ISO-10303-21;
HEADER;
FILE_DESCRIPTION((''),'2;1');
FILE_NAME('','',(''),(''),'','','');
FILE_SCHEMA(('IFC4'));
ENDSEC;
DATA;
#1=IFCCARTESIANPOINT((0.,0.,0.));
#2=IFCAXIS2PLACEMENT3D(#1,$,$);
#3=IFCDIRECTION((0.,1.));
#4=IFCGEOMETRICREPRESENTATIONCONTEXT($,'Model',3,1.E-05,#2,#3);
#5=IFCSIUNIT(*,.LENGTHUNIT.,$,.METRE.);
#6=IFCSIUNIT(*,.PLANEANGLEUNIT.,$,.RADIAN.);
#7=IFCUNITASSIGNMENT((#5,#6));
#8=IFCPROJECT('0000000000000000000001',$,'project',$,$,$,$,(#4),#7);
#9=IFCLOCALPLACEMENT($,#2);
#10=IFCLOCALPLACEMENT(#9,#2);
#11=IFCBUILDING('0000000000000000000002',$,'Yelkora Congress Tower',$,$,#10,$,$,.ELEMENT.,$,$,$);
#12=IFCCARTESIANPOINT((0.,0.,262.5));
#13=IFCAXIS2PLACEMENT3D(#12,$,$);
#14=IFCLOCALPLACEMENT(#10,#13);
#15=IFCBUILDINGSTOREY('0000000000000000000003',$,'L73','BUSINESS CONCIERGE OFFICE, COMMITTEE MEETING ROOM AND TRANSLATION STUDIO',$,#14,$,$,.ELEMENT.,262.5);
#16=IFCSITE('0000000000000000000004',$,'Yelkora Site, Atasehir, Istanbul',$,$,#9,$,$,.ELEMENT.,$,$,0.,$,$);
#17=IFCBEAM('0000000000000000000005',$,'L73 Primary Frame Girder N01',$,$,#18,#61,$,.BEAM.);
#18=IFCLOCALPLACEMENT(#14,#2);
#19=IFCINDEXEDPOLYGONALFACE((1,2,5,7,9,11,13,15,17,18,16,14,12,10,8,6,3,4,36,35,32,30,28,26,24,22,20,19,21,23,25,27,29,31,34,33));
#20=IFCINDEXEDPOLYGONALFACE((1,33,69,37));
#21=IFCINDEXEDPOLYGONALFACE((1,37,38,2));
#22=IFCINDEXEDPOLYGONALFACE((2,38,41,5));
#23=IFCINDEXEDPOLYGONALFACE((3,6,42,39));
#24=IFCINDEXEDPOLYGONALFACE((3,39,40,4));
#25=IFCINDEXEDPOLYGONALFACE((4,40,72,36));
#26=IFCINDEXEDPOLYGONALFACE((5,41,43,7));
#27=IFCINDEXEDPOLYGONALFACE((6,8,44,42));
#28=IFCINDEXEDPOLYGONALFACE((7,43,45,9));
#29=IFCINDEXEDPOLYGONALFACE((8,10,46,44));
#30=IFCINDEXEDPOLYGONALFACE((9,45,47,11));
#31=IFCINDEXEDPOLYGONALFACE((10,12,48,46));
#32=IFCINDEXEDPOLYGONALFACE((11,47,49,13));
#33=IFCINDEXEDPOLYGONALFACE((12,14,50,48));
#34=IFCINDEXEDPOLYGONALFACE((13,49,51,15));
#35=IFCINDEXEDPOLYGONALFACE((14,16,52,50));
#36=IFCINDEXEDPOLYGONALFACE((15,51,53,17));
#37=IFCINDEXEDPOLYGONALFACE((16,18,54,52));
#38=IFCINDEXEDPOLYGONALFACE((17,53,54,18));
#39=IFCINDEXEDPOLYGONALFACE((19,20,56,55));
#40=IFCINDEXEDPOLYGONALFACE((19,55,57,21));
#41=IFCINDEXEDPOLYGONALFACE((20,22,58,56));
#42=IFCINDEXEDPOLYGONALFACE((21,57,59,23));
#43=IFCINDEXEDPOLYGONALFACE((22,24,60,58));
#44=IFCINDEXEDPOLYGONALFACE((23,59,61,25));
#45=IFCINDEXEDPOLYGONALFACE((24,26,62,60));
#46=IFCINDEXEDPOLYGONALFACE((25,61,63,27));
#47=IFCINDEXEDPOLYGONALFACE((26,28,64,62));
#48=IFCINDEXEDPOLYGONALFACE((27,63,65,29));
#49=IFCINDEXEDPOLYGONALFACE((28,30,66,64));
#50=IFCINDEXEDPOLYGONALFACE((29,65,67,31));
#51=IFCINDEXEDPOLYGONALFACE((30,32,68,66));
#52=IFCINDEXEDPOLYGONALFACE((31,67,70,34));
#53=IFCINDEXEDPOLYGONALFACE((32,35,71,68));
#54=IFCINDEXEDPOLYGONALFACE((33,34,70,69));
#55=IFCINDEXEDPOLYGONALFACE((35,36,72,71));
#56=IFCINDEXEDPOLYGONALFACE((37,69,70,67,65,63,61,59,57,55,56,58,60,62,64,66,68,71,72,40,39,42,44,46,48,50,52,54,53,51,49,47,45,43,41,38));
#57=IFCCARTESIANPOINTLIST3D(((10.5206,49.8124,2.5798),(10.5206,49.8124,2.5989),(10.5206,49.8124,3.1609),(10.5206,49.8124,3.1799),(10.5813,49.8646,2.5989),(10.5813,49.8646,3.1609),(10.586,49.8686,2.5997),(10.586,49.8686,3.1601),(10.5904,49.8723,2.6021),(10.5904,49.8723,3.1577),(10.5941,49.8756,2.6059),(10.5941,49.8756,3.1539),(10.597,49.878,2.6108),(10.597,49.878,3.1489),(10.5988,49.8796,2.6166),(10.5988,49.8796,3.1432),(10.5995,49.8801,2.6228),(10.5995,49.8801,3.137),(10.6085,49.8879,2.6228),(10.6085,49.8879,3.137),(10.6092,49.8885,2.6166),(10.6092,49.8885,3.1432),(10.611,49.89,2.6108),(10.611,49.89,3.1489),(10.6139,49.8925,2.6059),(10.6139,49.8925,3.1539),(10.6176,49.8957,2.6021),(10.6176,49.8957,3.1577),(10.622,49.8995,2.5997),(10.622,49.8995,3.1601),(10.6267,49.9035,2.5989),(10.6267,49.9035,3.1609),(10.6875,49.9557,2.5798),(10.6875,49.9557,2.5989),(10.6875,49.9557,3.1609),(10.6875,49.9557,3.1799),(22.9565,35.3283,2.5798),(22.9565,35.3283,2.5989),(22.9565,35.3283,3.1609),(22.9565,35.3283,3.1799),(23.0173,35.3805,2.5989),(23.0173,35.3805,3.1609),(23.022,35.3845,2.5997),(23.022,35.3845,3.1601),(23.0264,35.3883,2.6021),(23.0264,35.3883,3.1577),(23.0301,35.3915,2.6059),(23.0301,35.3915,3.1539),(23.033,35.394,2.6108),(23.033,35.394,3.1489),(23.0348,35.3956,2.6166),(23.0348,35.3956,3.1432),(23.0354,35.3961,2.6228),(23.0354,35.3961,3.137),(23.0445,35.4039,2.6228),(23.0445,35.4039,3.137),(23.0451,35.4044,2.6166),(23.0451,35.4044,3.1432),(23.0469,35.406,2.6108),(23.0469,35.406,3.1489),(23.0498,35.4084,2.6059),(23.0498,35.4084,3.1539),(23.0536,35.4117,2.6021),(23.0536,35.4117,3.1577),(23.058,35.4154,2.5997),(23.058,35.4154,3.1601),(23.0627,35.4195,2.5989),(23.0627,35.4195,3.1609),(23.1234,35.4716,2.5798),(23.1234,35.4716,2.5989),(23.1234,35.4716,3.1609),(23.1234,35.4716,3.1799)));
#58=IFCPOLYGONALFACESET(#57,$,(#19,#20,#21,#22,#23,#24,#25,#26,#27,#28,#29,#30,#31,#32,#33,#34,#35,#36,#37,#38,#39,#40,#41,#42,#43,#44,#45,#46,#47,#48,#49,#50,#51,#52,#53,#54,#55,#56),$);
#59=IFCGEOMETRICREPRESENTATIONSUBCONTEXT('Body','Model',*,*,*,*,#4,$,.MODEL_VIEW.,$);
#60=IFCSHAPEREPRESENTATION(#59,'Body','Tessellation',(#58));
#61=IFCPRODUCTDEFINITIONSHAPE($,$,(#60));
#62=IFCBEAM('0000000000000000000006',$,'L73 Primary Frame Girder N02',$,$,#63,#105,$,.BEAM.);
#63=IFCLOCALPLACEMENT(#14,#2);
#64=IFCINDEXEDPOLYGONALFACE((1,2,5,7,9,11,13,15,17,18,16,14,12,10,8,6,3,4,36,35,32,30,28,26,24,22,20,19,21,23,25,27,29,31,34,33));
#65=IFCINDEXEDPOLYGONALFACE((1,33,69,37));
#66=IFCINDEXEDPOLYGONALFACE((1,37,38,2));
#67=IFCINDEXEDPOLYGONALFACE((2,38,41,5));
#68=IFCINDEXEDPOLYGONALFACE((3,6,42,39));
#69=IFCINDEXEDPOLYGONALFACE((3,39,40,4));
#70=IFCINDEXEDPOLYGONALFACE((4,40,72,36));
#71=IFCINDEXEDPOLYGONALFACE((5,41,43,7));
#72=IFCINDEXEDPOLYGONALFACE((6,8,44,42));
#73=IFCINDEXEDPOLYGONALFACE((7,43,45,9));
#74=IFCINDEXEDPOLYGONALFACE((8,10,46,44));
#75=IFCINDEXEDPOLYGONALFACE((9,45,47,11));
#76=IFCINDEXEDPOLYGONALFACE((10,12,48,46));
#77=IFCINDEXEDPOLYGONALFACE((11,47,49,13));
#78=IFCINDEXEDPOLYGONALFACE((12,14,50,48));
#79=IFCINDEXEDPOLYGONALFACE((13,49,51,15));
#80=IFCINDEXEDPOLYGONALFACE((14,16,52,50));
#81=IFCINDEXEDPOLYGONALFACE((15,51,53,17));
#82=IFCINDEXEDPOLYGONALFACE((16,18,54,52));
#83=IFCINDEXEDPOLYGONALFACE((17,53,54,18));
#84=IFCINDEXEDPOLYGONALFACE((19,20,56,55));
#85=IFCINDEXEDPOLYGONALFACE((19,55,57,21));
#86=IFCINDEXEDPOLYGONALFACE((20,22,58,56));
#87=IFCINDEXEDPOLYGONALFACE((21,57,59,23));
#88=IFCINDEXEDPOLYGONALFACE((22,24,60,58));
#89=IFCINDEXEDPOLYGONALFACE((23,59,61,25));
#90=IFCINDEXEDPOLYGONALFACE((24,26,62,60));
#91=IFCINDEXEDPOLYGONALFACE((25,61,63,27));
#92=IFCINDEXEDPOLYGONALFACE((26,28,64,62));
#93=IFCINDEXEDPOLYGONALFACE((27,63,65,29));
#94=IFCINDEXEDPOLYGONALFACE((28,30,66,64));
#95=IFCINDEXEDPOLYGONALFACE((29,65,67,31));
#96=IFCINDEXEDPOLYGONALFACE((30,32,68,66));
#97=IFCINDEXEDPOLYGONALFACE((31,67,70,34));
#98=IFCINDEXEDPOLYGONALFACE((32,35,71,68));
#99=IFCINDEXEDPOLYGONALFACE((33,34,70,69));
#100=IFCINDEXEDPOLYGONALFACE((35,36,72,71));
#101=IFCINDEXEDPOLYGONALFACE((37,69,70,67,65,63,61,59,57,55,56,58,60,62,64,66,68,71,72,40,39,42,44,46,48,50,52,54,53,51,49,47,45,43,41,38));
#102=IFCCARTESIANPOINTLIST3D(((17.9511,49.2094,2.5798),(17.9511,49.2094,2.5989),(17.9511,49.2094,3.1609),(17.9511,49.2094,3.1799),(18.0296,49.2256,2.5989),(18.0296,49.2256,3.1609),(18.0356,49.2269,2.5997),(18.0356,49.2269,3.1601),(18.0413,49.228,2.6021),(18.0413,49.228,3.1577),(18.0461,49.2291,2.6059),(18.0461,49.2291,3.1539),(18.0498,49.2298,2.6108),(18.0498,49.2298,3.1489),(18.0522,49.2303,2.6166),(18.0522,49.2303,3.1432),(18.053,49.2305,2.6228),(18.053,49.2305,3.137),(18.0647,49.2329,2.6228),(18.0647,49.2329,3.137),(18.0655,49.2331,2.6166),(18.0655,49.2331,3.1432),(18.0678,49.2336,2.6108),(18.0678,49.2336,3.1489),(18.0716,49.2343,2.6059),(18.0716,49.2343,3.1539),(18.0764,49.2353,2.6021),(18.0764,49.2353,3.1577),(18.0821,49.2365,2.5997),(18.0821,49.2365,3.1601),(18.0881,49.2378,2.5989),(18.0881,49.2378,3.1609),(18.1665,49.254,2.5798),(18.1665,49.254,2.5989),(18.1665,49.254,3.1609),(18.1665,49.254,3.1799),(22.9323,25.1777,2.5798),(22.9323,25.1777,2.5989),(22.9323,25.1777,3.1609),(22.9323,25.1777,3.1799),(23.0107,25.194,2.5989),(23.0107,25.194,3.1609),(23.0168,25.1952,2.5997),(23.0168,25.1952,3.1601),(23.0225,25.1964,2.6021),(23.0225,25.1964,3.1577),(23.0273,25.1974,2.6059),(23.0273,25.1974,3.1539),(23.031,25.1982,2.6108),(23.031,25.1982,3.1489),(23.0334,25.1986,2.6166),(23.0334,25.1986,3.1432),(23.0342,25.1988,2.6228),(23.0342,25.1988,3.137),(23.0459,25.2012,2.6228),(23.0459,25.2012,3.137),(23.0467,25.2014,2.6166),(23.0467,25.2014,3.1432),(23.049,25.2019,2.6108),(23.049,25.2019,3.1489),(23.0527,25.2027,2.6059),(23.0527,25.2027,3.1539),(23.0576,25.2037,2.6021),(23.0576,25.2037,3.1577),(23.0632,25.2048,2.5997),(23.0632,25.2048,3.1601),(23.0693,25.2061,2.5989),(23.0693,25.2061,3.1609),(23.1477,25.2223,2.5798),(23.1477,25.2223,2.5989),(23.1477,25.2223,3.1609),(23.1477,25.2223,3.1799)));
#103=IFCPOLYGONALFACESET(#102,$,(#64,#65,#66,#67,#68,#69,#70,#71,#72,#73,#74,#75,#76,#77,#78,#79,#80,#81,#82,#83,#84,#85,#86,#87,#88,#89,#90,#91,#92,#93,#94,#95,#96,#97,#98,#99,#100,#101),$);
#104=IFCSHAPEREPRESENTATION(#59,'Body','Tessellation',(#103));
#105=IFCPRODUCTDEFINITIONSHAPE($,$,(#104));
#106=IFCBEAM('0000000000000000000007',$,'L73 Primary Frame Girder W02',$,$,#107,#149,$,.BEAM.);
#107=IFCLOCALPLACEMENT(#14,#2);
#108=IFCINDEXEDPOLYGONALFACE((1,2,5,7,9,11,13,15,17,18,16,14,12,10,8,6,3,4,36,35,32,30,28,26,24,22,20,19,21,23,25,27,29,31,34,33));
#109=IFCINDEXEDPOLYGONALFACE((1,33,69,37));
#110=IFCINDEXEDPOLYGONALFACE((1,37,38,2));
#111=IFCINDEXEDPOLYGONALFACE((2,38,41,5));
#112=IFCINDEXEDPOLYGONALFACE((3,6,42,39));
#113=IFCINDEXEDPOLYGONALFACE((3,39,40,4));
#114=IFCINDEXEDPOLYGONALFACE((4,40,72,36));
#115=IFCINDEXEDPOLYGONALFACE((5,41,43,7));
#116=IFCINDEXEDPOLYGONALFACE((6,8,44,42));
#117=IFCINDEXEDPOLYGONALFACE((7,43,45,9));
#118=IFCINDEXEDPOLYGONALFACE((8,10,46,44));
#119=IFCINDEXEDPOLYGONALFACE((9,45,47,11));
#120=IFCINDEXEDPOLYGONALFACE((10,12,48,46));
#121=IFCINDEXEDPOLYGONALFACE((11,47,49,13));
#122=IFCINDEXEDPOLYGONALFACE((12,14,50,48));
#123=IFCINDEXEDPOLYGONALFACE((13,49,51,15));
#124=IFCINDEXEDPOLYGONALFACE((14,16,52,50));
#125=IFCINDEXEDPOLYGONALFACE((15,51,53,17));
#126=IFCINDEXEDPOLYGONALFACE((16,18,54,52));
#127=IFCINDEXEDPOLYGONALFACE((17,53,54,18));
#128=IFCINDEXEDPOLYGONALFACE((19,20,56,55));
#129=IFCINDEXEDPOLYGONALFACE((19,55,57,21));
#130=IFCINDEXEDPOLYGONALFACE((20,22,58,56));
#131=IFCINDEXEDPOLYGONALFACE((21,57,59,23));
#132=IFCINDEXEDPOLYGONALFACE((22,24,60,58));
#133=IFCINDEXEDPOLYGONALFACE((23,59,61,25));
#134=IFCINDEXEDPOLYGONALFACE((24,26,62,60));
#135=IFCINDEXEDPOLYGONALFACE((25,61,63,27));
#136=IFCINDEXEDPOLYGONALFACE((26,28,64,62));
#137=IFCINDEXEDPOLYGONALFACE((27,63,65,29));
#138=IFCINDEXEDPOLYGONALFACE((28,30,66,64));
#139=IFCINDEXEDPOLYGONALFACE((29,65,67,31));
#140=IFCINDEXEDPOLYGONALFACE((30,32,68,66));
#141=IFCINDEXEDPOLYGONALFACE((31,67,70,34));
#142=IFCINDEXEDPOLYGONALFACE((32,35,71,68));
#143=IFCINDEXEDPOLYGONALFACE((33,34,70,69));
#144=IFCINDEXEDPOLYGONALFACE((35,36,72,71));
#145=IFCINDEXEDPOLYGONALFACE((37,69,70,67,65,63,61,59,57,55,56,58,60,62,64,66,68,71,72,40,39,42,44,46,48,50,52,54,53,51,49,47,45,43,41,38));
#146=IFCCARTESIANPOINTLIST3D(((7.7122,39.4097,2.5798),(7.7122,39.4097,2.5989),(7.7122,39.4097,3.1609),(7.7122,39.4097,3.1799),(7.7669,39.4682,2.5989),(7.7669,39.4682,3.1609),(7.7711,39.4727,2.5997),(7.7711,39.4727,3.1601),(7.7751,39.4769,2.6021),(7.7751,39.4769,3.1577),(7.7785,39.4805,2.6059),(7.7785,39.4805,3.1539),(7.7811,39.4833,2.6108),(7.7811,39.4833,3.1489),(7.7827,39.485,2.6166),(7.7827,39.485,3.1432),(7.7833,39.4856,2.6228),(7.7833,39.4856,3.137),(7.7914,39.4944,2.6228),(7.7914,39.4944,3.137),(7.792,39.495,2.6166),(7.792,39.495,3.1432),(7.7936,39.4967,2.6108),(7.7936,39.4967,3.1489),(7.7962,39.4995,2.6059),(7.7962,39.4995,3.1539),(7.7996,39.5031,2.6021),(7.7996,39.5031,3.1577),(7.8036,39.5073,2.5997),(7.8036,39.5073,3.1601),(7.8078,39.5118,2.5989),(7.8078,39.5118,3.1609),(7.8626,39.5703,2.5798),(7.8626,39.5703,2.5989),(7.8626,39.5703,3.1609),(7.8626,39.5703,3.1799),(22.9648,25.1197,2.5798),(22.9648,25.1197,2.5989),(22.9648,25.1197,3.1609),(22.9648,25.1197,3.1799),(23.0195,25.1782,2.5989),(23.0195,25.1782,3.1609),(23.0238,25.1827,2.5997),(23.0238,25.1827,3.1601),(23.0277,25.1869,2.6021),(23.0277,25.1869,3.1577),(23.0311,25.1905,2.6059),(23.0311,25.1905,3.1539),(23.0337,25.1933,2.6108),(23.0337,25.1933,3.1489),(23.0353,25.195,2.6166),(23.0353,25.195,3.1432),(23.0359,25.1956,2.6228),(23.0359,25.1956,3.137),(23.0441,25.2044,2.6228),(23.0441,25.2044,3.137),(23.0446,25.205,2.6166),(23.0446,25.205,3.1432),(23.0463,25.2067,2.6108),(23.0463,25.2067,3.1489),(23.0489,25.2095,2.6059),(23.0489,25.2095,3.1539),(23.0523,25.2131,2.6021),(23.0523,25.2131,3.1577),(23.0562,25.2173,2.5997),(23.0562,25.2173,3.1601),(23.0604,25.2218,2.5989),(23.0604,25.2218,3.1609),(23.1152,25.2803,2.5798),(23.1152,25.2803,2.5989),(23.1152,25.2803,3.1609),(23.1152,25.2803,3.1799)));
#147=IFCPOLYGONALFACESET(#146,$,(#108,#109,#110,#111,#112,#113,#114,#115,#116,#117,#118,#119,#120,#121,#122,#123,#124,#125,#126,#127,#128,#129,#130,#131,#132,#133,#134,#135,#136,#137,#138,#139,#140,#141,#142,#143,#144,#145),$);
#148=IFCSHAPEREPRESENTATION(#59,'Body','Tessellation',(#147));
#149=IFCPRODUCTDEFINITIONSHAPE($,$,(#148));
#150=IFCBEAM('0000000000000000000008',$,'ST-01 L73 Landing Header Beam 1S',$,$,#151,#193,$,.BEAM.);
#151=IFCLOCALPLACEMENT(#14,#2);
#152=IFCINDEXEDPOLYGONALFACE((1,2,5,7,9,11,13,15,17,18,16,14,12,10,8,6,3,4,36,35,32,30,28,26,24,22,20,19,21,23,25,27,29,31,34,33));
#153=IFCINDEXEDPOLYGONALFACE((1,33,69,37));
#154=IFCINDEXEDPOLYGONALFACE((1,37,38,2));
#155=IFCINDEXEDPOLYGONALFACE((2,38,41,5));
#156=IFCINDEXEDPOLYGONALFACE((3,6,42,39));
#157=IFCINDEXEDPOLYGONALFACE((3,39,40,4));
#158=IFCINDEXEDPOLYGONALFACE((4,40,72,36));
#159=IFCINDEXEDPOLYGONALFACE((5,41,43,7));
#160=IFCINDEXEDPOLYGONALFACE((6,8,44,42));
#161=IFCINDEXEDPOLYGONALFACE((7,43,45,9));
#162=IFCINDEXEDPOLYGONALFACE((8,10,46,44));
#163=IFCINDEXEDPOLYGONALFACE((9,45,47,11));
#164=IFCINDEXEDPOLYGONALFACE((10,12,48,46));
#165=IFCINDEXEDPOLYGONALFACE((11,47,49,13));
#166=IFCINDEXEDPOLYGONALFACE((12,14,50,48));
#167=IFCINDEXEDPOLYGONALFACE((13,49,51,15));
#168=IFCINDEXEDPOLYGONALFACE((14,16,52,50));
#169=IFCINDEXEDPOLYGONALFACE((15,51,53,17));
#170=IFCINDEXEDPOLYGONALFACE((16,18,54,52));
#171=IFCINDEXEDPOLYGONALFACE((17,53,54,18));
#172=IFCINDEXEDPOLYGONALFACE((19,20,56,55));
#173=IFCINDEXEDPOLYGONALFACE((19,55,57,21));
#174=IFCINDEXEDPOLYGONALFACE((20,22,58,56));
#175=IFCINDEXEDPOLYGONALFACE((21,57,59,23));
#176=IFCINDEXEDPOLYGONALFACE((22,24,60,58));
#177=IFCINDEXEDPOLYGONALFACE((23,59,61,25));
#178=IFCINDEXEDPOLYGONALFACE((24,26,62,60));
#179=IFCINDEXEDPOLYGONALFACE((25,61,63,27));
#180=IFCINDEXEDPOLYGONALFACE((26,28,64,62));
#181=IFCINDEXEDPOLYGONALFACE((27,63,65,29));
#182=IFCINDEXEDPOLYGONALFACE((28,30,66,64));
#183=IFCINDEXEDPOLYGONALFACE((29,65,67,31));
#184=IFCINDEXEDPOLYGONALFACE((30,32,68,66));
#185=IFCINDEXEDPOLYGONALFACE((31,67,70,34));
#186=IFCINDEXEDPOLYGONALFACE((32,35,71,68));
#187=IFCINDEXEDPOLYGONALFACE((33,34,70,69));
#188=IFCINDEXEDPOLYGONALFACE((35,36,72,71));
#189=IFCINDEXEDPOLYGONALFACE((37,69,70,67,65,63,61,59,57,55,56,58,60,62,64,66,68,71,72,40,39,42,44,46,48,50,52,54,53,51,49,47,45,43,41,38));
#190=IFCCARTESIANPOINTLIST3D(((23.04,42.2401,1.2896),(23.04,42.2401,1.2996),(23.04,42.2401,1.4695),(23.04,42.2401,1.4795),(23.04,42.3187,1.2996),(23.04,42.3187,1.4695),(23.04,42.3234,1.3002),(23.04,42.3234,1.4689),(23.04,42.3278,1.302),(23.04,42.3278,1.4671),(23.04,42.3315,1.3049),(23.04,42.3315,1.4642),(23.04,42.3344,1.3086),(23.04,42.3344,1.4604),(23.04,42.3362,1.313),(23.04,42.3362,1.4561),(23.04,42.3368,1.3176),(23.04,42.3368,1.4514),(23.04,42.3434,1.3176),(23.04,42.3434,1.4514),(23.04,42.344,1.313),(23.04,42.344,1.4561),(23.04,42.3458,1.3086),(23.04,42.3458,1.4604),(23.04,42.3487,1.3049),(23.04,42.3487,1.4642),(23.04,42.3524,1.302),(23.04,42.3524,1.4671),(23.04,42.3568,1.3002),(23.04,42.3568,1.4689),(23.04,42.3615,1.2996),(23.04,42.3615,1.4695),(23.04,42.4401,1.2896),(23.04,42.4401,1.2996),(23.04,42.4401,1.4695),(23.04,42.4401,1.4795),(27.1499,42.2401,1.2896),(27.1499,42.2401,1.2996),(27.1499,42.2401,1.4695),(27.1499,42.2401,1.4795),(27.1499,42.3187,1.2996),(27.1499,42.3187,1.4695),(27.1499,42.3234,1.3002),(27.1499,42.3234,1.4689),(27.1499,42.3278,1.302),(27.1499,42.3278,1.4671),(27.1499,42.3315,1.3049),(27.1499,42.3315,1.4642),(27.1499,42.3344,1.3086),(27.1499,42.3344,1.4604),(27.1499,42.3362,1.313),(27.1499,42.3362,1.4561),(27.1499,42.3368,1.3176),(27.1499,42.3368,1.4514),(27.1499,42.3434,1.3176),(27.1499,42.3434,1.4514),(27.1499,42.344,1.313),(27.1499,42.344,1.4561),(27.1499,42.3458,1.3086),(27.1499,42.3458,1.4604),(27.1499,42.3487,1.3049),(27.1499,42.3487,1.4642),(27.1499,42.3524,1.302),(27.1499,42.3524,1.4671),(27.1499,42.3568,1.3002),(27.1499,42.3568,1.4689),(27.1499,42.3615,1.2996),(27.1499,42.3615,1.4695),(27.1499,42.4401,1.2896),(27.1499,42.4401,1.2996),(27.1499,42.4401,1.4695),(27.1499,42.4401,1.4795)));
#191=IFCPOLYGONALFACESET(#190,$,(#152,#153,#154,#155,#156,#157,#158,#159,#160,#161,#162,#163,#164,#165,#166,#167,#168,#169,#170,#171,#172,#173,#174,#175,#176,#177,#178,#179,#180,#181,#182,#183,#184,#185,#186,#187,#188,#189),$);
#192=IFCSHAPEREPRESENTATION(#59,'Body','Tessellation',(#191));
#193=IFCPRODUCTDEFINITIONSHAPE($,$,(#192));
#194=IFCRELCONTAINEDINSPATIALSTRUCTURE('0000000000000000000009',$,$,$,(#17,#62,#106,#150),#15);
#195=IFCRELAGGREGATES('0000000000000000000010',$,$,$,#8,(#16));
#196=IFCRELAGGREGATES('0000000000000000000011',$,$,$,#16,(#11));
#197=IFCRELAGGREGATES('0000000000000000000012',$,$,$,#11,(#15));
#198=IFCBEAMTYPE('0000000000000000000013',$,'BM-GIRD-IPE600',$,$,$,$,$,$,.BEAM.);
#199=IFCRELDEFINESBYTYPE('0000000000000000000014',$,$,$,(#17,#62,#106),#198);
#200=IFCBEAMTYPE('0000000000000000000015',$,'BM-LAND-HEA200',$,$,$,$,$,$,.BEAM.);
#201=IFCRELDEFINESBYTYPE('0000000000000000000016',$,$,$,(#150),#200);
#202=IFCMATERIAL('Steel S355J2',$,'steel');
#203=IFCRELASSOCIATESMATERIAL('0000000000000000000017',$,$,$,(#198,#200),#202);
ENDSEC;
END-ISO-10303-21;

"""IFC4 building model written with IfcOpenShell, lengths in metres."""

from ifc_helpers import new_model, si_unit, direction, frame, origin, origin_2d, place, context, subcontext, project, spatial, i_section, extrude, material, material_profile, profile_set, type_object, element, save


model = new_model("IFC4")

# Units and contexts
model_context = context("Model", 3, precision=1e-05, world=origin(), true_north=direction((0.0, 1.0)))
body_context = subcontext(model_context, "Body", "Model", "MODEL_VIEW")
ifc_project = project(units=[si_unit("LENGTHUNIT", "METRE"), si_unit("PLANEANGLEUNIT", "RADIAN")], contexts=[model_context])

# Site, building, storey
site_placement = place(None, origin())
site = spatial("IfcSite", under=ifc_project, at=site_placement, Name="Yelkora Site, Atasehir, Istanbul", CompositionType="ELEMENT", RefElevation=0.0)
building_placement = place(site_placement, origin())
building = spatial("IfcBuilding", under=site, at=building_placement, Name="Yelkora Congress Tower", CompositionType="ELEMENT")
storey_placement = place(building_placement, frame((0.0, 0.0, 262.5)))
storey = spatial("IfcBuildingStorey", under=building, at=storey_placement, Name="L73", Description="BUSINESS CONCIERGE OFFICE, COMMITTEE MEETING ROOM AND TRANSLATION STUDIO", CompositionType="ELEMENT", Elevation=262.5)

# Shared definitions
ifc_material_1 = material(Name="Steel S355J2", Category="steel")

# Beams
ifc_material_profile_1 = material_profile(ifc_material_1, i_section(OverallWidth=0.22, OverallDepth=0.6001, WebThickness=0.012, FlangeThickness=0.019, FilletRadius=0.0239, at=origin_2d()), Name="IPE 600")
ifc_profile_set_1 = profile_set([ifc_material_profile_1], Name="Steel S355J2")
beam_type_1 = type_object("IfcBeamType", Name="BM-GIRD-IPE600", PredefinedType="BEAM", material=ifc_profile_set_1)
beam_1_placement = place(storey_placement, frame((10.604, 49.884, 2.8799), z_axis=(0.651427, -0.758711, 0.0), x_axis=(0.758711, 0.651427, 0.0)))
element("IfcBeam", 1, at=beam_1_placement, inside=storey, type_object=beam_type_1, Name="L73 Primary Frame Girder N01", PredefinedType="BEAM", context=body_context, shape_type="SweptSolid", body=[
    extrude(i_section(OverallWidth=0.22, OverallDepth=0.6001, WebThickness=0.012, FlangeThickness=0.019, FilletRadius=0.0239, at=origin_2d()), origin(), (0.0, 0.0, 1.0), 19.0903),
])
beam_2_placement = place(storey_placement, frame((18.0588, 49.2317, 2.8799), z_axis=(0.202962, -0.979187, 0.0), x_axis=(0.979187, 0.202962, 0.0)))
element("IfcBeam", 2, at=beam_2_placement, inside=storey, type_object=beam_type_1, Name="L73 Primary Frame Girder N02", PredefinedType="BEAM", context=body_context, shape_type="SweptSolid", body=[
    extrude(i_section(OverallWidth=0.22, OverallDepth=0.6001, WebThickness=0.012, FlangeThickness=0.019, FilletRadius=0.0239, at=origin_2d()), origin(), (0.0, 0.0, 1.0), 24.5425),
])
beam_3_placement = place(storey_placement, frame((7.7874, 39.49, 2.8799), z_axis=(0.72976, -0.683703, 0.0), x_axis=(0.683703, 0.72976, 0.0)))
element("IfcBeam", 3, at=beam_3_placement, inside=storey, type_object=beam_type_1, Name="L73 Primary Frame Girder W02", PredefinedType="BEAM", context=body_context, shape_type="SweptSolid", body=[
    extrude(i_section(OverallWidth=0.22, OverallDepth=0.6001, WebThickness=0.012, FlangeThickness=0.019, FilletRadius=0.0239, at=origin_2d()), origin(), (0.0, 0.0, 1.0), 20.9009),
])
ifc_material_profile_2 = material_profile(ifc_material_1, i_section(OverallWidth=0.2, OverallDepth=0.1899, WebThickness=0.0066, FlangeThickness=0.01, FilletRadius=0.0181, at=origin_2d()), Name="HEA 200")
ifc_profile_set_2 = profile_set([ifc_material_profile_2], Name="Steel S355J2")
beam_type_2 = type_object("IfcBeamType", Name="BM-LAND-HEA200", PredefinedType="BEAM", material=ifc_profile_set_2)
for number, where, z_axis, x_axis, name in (
    (4, (23.04, 42.3401, 1.3845), (1.0, 0.0, 0.0), (0.0, 1.0, 0.0), "ST-01 L73 Landing Header Beam 1S"),
):
    element("IfcBeam", number, at=place(storey_placement, frame(where, z_axis=z_axis, x_axis=x_axis)), inside=storey, type_object=beam_type_2, Name=name, PredefinedType="BEAM", context=body_context, shape_type="SweptSolid", body=[
        extrude(i_section(OverallWidth=0.2, OverallDepth=0.1899, WebThickness=0.0066, FlangeThickness=0.01, FilletRadius=0.0181, at=origin_2d()), origin(), (0.0, 0.0, 1.0), 4.1099),
    ])

save(model, "model.ifc")
